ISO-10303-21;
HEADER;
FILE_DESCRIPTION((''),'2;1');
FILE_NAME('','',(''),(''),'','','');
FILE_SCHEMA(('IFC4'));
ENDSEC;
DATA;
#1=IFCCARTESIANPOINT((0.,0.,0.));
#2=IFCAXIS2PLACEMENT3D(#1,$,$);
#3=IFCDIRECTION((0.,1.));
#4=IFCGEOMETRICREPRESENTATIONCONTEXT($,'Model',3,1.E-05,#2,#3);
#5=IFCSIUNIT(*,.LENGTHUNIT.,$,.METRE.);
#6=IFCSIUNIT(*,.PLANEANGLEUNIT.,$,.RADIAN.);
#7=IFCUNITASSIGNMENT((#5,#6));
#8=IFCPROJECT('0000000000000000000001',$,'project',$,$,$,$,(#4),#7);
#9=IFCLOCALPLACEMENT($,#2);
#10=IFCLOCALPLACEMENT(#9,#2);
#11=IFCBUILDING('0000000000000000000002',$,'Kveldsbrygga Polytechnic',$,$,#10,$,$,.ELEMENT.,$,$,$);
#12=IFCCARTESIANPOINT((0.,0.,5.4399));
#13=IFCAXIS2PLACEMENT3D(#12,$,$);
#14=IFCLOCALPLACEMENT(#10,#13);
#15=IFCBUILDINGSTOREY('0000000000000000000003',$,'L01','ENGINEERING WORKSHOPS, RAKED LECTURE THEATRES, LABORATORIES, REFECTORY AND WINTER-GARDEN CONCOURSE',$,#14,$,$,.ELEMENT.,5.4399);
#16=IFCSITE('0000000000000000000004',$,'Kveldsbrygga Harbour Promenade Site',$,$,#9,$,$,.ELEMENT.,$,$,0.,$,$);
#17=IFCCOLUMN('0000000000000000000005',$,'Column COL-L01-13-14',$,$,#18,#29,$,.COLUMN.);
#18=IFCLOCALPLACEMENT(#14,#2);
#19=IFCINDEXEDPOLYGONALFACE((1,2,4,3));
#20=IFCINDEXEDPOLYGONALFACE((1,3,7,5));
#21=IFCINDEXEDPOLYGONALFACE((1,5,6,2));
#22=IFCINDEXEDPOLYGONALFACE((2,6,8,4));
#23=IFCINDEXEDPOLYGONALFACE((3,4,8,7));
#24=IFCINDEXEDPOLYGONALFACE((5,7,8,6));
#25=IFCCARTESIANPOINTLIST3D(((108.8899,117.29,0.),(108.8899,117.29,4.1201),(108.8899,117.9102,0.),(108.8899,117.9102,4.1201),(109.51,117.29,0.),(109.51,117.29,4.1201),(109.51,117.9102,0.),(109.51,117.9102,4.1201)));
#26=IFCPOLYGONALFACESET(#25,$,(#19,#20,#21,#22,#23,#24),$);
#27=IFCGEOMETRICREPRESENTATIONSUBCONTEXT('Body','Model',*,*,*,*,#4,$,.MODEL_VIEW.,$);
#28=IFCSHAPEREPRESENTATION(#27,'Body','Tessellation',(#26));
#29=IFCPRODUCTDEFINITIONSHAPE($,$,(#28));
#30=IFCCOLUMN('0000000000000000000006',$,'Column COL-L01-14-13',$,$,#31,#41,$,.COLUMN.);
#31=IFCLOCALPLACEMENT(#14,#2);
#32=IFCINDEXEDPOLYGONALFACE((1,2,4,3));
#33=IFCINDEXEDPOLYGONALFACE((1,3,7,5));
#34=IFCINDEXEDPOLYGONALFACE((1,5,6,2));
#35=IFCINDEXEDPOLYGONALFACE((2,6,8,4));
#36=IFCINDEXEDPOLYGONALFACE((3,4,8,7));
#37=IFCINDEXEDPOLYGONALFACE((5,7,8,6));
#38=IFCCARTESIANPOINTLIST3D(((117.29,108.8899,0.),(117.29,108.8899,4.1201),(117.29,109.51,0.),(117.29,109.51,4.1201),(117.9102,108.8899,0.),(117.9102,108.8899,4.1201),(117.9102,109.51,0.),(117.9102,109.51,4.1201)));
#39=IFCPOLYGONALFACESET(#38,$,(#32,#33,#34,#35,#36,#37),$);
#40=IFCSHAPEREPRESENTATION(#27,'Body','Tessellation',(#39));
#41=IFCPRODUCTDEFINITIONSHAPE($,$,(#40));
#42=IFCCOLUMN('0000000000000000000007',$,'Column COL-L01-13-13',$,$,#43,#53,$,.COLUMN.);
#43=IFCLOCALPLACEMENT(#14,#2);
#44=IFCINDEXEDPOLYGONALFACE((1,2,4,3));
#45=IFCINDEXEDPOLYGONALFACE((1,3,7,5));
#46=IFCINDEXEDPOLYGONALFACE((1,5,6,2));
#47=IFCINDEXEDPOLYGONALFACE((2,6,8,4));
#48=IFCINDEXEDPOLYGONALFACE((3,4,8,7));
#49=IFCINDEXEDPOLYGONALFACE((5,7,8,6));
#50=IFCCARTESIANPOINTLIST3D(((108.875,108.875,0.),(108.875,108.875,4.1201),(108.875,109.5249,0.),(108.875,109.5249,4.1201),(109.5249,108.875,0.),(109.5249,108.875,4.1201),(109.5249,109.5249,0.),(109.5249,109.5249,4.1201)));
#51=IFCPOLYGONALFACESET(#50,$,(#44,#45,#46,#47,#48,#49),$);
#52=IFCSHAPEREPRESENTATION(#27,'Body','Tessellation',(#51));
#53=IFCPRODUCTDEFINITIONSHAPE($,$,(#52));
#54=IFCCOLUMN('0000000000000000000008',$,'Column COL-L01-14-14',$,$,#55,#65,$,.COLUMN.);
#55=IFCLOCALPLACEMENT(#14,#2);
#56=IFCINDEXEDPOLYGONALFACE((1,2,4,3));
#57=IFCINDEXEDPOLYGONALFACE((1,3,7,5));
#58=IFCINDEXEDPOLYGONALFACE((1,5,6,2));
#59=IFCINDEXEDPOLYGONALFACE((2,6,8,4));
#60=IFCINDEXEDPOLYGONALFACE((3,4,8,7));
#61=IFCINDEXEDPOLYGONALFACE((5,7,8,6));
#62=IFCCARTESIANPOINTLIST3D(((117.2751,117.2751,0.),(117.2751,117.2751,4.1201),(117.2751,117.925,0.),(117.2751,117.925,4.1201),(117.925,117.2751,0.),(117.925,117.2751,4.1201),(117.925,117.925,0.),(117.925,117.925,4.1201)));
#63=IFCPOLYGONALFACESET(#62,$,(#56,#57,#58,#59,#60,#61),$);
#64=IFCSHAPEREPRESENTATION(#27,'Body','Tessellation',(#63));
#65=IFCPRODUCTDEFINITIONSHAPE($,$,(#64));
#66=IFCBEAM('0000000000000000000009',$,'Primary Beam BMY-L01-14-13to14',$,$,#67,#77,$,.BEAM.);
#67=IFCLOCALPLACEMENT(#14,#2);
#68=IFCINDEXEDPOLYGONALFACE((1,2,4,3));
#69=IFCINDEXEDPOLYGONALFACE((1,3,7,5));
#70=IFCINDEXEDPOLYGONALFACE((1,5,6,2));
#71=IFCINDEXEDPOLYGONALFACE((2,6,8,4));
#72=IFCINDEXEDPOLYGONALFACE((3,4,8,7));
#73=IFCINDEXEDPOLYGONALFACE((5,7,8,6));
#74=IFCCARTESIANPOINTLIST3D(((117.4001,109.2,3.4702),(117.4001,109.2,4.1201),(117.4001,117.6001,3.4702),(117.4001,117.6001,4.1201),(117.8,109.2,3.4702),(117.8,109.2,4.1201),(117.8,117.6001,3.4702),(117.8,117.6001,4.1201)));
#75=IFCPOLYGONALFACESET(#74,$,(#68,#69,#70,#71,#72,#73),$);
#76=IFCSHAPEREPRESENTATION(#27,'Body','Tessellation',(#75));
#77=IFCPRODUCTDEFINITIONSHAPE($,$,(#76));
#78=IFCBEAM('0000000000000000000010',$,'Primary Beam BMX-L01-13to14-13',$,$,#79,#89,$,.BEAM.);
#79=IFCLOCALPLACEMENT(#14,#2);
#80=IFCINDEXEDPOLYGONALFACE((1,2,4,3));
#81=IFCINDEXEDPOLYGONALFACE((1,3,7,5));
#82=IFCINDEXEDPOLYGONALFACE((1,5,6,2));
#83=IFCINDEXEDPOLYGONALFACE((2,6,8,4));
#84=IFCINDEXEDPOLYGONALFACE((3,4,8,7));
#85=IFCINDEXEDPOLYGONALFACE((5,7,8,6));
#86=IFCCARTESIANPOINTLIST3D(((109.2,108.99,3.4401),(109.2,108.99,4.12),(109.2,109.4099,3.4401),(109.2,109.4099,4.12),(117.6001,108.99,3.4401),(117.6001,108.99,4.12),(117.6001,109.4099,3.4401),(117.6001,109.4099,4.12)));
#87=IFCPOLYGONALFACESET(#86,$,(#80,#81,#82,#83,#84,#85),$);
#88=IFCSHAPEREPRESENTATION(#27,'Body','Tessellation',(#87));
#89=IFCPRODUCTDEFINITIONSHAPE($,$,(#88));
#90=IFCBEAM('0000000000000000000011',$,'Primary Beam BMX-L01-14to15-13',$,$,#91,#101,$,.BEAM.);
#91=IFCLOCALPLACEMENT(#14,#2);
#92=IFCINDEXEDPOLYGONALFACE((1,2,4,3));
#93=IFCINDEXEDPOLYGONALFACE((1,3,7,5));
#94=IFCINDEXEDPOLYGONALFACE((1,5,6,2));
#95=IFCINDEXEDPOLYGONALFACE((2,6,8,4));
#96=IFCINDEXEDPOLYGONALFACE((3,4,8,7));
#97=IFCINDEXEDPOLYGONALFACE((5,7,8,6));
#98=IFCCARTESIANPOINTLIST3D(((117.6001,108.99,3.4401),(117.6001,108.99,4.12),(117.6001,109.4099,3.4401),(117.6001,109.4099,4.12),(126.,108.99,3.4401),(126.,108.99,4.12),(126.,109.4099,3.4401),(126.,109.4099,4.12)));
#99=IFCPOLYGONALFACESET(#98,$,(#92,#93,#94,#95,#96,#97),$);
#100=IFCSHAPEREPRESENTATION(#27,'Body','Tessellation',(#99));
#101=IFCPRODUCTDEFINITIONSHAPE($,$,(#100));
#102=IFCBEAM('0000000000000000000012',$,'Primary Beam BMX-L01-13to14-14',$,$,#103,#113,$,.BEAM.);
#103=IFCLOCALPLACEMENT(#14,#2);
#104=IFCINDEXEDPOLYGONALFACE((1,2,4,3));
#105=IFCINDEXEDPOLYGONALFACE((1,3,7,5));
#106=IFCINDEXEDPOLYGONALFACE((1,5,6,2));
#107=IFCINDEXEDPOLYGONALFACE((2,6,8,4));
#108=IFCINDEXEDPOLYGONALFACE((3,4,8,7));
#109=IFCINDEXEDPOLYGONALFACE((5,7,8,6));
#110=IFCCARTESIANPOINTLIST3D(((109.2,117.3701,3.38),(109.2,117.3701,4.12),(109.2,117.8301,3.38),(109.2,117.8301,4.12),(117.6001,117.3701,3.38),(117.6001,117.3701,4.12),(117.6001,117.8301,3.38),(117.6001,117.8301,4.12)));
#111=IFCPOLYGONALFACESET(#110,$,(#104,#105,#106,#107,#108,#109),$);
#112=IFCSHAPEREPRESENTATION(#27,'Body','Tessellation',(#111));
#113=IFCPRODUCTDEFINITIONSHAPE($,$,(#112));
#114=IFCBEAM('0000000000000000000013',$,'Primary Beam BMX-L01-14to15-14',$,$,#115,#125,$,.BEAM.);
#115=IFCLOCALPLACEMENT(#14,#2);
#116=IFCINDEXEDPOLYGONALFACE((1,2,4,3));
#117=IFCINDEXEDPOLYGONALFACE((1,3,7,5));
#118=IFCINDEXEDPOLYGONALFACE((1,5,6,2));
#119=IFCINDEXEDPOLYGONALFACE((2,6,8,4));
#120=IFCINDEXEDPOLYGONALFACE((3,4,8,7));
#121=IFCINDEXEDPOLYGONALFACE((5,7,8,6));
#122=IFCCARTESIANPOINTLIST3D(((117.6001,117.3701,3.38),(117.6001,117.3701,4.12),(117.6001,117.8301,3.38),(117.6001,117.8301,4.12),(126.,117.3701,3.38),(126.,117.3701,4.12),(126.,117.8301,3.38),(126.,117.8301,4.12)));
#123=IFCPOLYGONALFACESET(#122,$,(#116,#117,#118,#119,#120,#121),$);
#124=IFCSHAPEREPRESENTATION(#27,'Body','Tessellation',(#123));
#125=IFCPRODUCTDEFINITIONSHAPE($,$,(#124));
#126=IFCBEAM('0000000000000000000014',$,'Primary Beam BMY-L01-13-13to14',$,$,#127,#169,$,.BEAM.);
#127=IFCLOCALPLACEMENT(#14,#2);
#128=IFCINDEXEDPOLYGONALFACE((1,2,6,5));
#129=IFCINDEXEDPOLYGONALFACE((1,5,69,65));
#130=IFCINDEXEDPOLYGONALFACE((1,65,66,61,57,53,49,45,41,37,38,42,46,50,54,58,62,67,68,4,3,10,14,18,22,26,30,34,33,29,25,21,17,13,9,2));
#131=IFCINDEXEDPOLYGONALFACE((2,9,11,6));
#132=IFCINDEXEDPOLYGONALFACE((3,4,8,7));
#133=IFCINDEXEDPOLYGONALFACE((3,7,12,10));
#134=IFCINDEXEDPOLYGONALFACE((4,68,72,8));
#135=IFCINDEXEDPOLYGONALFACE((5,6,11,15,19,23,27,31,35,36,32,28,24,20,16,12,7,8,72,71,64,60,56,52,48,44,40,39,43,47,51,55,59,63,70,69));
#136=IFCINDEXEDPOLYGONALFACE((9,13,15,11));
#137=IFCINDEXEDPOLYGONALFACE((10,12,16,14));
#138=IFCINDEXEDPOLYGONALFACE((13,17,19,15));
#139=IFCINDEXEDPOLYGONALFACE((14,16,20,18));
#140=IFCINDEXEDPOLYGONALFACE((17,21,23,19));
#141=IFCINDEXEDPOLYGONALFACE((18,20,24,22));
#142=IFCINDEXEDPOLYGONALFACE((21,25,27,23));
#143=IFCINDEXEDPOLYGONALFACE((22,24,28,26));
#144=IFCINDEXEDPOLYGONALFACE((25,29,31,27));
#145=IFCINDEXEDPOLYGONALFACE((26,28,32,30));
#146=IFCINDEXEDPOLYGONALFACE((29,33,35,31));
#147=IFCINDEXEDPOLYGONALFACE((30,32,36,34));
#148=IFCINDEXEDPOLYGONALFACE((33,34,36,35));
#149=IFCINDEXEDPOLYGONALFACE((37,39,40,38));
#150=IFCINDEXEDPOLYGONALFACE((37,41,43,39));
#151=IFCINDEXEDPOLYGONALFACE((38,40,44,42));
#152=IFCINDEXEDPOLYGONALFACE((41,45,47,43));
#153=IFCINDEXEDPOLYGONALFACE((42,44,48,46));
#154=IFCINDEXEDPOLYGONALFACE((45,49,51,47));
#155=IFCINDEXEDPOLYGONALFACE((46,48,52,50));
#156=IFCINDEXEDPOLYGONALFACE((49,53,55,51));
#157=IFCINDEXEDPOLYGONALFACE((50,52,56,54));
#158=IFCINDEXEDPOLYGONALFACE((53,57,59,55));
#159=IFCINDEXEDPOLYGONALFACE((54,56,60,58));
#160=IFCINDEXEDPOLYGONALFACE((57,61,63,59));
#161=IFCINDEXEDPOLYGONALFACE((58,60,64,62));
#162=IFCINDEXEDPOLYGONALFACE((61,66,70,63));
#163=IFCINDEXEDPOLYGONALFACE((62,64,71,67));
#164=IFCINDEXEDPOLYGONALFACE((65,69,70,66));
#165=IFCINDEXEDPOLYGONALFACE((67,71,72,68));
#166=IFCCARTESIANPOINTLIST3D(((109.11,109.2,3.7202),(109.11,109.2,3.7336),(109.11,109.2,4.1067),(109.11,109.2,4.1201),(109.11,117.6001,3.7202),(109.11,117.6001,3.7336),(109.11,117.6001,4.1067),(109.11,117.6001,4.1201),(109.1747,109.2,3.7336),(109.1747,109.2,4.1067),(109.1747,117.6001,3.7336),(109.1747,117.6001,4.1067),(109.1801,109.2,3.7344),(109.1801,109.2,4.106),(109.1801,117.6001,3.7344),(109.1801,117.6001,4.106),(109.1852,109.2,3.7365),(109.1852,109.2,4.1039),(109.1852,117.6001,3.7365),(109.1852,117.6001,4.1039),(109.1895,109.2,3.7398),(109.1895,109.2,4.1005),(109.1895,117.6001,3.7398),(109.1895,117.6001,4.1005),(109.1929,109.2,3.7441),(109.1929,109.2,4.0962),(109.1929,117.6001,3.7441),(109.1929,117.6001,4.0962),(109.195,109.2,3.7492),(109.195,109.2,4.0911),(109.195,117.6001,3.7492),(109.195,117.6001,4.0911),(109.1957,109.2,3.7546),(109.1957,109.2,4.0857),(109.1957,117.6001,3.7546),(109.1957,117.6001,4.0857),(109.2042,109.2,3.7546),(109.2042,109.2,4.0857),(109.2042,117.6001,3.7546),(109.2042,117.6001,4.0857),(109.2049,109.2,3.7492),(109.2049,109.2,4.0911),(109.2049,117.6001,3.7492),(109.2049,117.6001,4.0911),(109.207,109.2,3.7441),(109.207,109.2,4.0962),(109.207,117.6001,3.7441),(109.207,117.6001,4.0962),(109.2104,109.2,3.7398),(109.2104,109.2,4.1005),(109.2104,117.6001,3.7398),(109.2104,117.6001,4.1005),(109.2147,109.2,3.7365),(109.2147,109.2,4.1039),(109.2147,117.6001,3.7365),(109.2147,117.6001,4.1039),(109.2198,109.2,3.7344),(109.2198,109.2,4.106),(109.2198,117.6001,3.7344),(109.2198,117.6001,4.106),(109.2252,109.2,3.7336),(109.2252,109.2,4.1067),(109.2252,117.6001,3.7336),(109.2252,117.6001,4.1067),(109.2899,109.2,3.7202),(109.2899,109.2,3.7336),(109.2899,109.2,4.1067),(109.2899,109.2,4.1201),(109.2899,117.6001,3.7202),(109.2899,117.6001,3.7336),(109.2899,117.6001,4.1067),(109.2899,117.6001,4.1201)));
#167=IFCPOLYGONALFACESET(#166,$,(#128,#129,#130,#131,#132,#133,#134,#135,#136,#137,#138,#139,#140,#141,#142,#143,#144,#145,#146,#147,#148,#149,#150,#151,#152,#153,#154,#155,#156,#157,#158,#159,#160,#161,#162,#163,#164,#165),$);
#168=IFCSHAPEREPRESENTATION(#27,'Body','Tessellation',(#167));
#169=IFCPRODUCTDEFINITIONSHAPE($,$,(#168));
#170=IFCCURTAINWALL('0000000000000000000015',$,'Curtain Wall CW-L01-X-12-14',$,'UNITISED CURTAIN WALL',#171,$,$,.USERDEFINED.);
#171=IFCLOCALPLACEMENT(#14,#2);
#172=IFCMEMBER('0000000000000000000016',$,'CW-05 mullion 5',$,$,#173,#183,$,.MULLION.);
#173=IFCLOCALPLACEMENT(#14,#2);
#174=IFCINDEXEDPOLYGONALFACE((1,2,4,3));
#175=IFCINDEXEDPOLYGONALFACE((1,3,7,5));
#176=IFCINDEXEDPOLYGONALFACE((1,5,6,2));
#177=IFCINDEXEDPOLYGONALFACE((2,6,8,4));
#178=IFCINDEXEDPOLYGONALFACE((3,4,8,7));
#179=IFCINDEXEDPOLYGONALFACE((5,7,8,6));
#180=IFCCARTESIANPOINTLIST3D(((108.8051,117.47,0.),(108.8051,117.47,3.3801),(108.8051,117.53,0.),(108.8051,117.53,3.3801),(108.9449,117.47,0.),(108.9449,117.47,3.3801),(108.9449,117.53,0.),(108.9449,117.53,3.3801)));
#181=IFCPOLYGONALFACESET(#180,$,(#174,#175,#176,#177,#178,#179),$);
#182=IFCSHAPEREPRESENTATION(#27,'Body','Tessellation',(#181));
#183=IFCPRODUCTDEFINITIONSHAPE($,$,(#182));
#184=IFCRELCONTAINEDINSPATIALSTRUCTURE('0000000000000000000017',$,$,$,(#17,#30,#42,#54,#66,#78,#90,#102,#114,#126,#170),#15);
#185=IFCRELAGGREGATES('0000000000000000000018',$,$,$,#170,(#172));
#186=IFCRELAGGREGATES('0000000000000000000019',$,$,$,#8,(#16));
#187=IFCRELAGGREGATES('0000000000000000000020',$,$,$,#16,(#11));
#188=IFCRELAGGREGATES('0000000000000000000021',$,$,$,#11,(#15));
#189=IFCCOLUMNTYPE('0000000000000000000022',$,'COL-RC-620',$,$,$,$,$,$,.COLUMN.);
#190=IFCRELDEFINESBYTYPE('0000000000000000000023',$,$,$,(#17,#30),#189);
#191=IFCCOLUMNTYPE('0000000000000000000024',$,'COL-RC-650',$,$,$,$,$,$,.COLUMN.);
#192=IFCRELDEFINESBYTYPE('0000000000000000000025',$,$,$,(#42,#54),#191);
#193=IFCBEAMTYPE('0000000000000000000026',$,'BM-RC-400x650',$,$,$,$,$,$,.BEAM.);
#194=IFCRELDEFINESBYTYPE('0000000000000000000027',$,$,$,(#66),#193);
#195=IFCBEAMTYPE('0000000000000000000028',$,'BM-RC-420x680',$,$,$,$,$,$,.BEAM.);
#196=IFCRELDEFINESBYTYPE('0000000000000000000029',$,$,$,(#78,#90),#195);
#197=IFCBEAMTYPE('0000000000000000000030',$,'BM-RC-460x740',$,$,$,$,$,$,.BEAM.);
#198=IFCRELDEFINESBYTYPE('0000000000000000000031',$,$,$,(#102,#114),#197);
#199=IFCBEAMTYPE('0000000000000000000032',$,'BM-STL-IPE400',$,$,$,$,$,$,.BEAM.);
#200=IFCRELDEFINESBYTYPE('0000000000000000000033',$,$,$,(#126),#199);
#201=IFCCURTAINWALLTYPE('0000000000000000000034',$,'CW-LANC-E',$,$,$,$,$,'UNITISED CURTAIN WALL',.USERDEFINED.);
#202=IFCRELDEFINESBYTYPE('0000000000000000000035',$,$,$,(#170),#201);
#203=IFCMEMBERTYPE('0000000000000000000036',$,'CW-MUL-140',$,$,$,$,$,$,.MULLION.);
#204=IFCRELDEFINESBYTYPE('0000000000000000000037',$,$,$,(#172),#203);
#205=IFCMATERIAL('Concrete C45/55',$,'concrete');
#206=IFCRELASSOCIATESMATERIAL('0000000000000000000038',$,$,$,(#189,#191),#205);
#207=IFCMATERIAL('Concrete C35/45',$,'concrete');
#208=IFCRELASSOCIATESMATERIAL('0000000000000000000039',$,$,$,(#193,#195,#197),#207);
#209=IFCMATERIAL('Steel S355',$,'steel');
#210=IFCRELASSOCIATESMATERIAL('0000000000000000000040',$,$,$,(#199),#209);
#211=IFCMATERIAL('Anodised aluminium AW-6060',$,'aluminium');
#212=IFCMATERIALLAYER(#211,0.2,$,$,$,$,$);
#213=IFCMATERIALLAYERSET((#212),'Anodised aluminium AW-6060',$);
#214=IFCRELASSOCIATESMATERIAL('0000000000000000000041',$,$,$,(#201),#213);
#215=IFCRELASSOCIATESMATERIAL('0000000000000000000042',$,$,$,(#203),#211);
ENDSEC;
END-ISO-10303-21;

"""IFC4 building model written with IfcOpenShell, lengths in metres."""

from ifc_helpers import new_model, si_unit, direction, frame, origin, origin_2d, place, context, subcontext, project, spatial, rectangle, i_section, extrude, material, layer, layer_set, material_profile, profile_set, type_object, element, aggregate, save


model = new_model("IFC4")

# Units and contexts
model_context = context("Model", 3, precision=1e-05, world=origin(), true_north=direction((0.0, 1.0)))
body_context = subcontext(model_context, "Body", "Model", "MODEL_VIEW")
ifc_project = project(units=[si_unit("LENGTHUNIT", "METRE"), si_unit("PLANEANGLEUNIT", "RADIAN")], contexts=[model_context])

# Site, building, storey
site_placement = place(None, origin())
site = spatial("IfcSite", under=ifc_project, at=site_placement, Name="Kveldsbrygga Harbour Promenade Site", CompositionType="ELEMENT", RefElevation=0.0)
building_placement = place(site_placement, origin())
building = spatial("IfcBuilding", under=site, at=building_placement, Name="Kveldsbrygga Polytechnic", CompositionType="ELEMENT")
storey_placement = place(building_placement, frame((0.0, 0.0, 5.4399)))
storey = spatial("IfcBuildingStorey", under=building, at=storey_placement, Name="L01", Description="ENGINEERING WORKSHOPS, RAKED LECTURE THEATRES, LABORATORIES, REFECTORY AND WINTER-GARDEN CONCOURSE", CompositionType="ELEMENT", Elevation=5.4399)

# Columns
ifc_material_1 = material(Name="Concrete C45/55", Category="concrete")
ifc_material_profile_1 = material_profile(ifc_material_1, rectangle(XDim=0.6201, YDim=0.6201, at=origin_2d()), Name="RC 620x620")
ifc_profile_set_1 = profile_set([ifc_material_profile_1], Name="Concrete C45/55")
column_type_1 = type_object("IfcColumnType", Name="COL-RC-620", PredefinedType="COLUMN", material=ifc_profile_set_1)
for number, where, z_axis, x_axis, name in (
    (1, (109.2, 117.6001, 0.0), (0.0, 0.0, 1.0), (1.0, 0.0, 0.0), "Column COL-L01-13-14"),
    (2, (117.6001, 109.2, 0.0), (0.0, 0.0, 1.0), (1.0, 0.0, 0.0), "Column COL-L01-14-13"),
):
    element("IfcColumn", number, at=place(storey_placement, frame(where, z_axis=z_axis, x_axis=x_axis)), inside=storey, type_object=column_type_1, Name=name, PredefinedType="COLUMN", context=body_context, shape_type="SweptSolid", body=[
        extrude(rectangle(XDim=0.6201, YDim=0.6201, at=origin_2d()), origin(), (0.0, 0.0, 1.0), 4.1201),
    ])
ifc_material_profile_2 = material_profile(ifc_material_1, rectangle(XDim=0.6499, YDim=0.6499, at=origin_2d()), Name="RC 650x650")
ifc_profile_set_2 = profile_set([ifc_material_profile_2], Name="Concrete C45/55")
column_type_2 = type_object("IfcColumnType", Name="COL-RC-650", PredefinedType="COLUMN", material=ifc_profile_set_2)
for number, where, z_axis, x_axis, name in (
    (3, (109.2, 109.2, 0.0), (0.0, 0.0, 1.0), (1.0, 0.0, 0.0), "Column COL-L01-13-13"),
    (4, (117.6001, 117.6001, 0.0), (0.0, 0.0, 1.0), (1.0, 0.0, 0.0), "Column COL-L01-14-14"),
):
    element("IfcColumn", number, at=place(storey_placement, frame(where, z_axis=z_axis, x_axis=x_axis)), inside=storey, type_object=column_type_2, Name=name, PredefinedType="COLUMN", context=body_context, shape_type="SweptSolid", body=[
        extrude(rectangle(XDim=0.6499, YDim=0.6499, at=origin_2d()), origin(), (0.0, 0.0, 1.0), 4.1201),
    ])

# Beams
ifc_material_2 = material(Name="Concrete C35/45", Category="concrete")
ifc_material_profile_3 = material_profile(ifc_material_2, rectangle(XDim=0.3999, YDim=0.6499, at=origin_2d()), Name="RC 400x650")
ifc_profile_set_3 = profile_set([ifc_material_profile_3], Name="Concrete C35/45")
beam_type_1 = type_object("IfcBeamType", Name="BM-RC-400x650", PredefinedType="BEAM", material=ifc_profile_set_3)
beam_1_placement = place(storey_placement, frame((117.6001, 109.2, 3.7952), z_axis=(0.0, 1.0, 0.0), x_axis=(-1.0, 0.0, 0.0)))
element("IfcBeam", 5, at=beam_1_placement, inside=storey, type_object=beam_type_1, Name="Primary Beam BMY-L01-14-13to14", PredefinedType="BEAM", context=body_context, shape_type="SweptSolid", body=[
    extrude(rectangle(XDim=0.3999, YDim=0.6499, at=origin_2d()), origin(), (0.0, 0.0, 1.0), 8.4001),
])
ifc_material_profile_4 = material_profile(ifc_material_2, rectangle(XDim=0.4199, YDim=0.6799, at=origin_2d()), Name="RC 420x680")
ifc_profile_set_4 = profile_set([ifc_material_profile_4], Name="Concrete C35/45")
beam_type_2 = type_object("IfcBeamType", Name="BM-RC-420x680", PredefinedType="BEAM", material=ifc_profile_set_4)
beam_2_placement = place(storey_placement, frame((109.2, 109.2, 3.78), z_axis=(1.0, 0.0, 0.0), x_axis=(0.0, 1.0, 0.0)))
element("IfcBeam", 6, at=beam_2_placement, inside=storey, type_object=beam_type_2, Name="Primary Beam BMX-L01-13to14-13", PredefinedType="BEAM", context=body_context, shape_type="SweptSolid", body=[
    extrude(rectangle(XDim=0.4199, YDim=0.6799, at=origin_2d()), origin(), (0.0, 0.0, 1.0), 8.4001),
])
beam_3_placement = place(storey_placement, frame((117.6001, 109.2, 3.78), z_axis=(1.0, 0.0, 0.0), x_axis=(0.0, 1.0, 0.0)))
element("IfcBeam", 7, at=beam_3_placement, inside=storey, type_object=beam_type_2, Name="Primary Beam BMX-L01-14to15-13", PredefinedType="BEAM", context=body_context, shape_type="SweptSolid", body=[
    extrude(rectangle(XDim=0.4199, YDim=0.6799, at=origin_2d()), origin(), (0.0, 0.0, 1.0), 8.3999),
])
ifc_material_profile_5 = material_profile(ifc_material_2, rectangle(XDim=0.46, YDim=0.74, at=origin_2d()), Name="RC 460x740")
ifc_profile_set_5 = profile_set([ifc_material_profile_5], Name="Concrete C35/45")
beam_type_3 = type_object("IfcBeamType", Name="BM-RC-460x740", PredefinedType="BEAM", material=ifc_profile_set_5)
beam_4_placement = place(storey_placement, frame((109.2, 117.6001, 3.75), z_axis=(1.0, 0.0, 0.0), x_axis=(0.0, 1.0, 0.0)))
element("IfcBeam", 8, at=beam_4_placement, inside=storey, type_object=beam_type_3, Name="Primary Beam BMX-L01-13to14-14", PredefinedType="BEAM", context=body_context, shape_type="SweptSolid", body=[
    extrude(rectangle(XDim=0.46, YDim=0.74, at=origin_2d()), origin(), (0.0, 0.0, 1.0), 8.4001),
])
beam_5_placement = place(storey_placement, frame((117.6001, 117.6001, 3.75), z_axis=(1.0, 0.0, 0.0), x_axis=(0.0, 1.0, 0.0)))
element("IfcBeam", 9, at=beam_5_placement, inside=storey, type_object=beam_type_3, Name="Primary Beam BMX-L01-14to15-14", PredefinedType="BEAM", context=body_context, shape_type="SweptSolid", body=[
    extrude(rectangle(XDim=0.46, YDim=0.74, at=origin_2d()), origin(), (0.0, 0.0, 1.0), 8.3999),
])
ifc_material_3 = material(Name="Steel S355", Category="steel")
ifc_material_profile_6 = material_profile(ifc_material_3, i_section(OverallWidth=0.1799, OverallDepth=0.3999, WebThickness=0.0085, FlangeThickness=0.0134, FilletRadius=0.021, at=origin_2d()), Name="IPE 400")
ifc_profile_set_6 = profile_set([ifc_material_profile_6], Name="Steel S355")
beam_type_4 = type_object("IfcBeamType", Name="BM-STL-IPE400", PredefinedType="BEAM", material=ifc_profile_set_6)
beam_6_placement = place(storey_placement, frame((109.2, 109.2, 3.9202), z_axis=(0.0, 1.0, 0.0), x_axis=(-1.0, 0.0, 0.0)))
element("IfcBeam", 10, at=beam_6_placement, inside=storey, type_object=beam_type_4, Name="Primary Beam BMY-L01-13-13to14", PredefinedType="BEAM", context=body_context, shape_type="SweptSolid", body=[
    extrude(i_section(OverallWidth=0.1799, OverallDepth=0.3999, WebThickness=0.0085, FlangeThickness=0.0134, FilletRadius=0.021, at=origin_2d()), origin(), (0.0, 0.0, 1.0), 8.4001),
])

# Curtain wall, member
ifc_material_4 = material(Name="Anodised aluminium AW-6060", Category="aluminium")
ifc_layer_1 = layer(ifc_material_4, 0.2)
ifc_layer_set_1 = layer_set([ifc_layer_1], Name="Anodised aluminium AW-6060")
curtain_wall_type = type_object("IfcCurtainWallType", Name="CW-LANC-E", ElementType="UNITISED CURTAIN WALL", PredefinedType="USERDEFINED", material=ifc_layer_set_1)
curtain_wall_placement = place(storey_placement, origin())
curtain_wall = element("IfcCurtainWall", 11, at=curtain_wall_placement, inside=storey, type_object=curtain_wall_type, Name="Curtain Wall CW-L01-X-12-14", ObjectType="UNITISED CURTAIN WALL", PredefinedType="USERDEFINED")
ifc_material_profile_7 = material_profile(ifc_material_4, rectangle(XDim=0.0601, YDim=0.1399, at=origin_2d()), Name="ALU 60x140")
ifc_profile_set_7 = profile_set([ifc_material_profile_7], Name="Anodised aluminium AW-6060")
member_type = type_object("IfcMemberType", Name="CW-MUL-140", PredefinedType="MULLION", material=ifc_profile_set_7)
member_placement = place(storey_placement, frame((108.875, 117.5, 0.0), z_axis=(0.0, 0.0, 1.0), x_axis=(0.0, 1.0, 0.0)))
member = element("IfcMember", 12, at=member_placement, type_object=member_type, Name="CW-05 mullion 5", PredefinedType="MULLION", context=body_context, shape_type="SweptSolid", body=[
    extrude(rectangle(XDim=0.0601, YDim=0.1399, at=origin_2d()), origin(), (0.0, 0.0, 1.0), 3.3801),
])
aggregate(curtain_wall, [member])

save(model, "model.ifc")
